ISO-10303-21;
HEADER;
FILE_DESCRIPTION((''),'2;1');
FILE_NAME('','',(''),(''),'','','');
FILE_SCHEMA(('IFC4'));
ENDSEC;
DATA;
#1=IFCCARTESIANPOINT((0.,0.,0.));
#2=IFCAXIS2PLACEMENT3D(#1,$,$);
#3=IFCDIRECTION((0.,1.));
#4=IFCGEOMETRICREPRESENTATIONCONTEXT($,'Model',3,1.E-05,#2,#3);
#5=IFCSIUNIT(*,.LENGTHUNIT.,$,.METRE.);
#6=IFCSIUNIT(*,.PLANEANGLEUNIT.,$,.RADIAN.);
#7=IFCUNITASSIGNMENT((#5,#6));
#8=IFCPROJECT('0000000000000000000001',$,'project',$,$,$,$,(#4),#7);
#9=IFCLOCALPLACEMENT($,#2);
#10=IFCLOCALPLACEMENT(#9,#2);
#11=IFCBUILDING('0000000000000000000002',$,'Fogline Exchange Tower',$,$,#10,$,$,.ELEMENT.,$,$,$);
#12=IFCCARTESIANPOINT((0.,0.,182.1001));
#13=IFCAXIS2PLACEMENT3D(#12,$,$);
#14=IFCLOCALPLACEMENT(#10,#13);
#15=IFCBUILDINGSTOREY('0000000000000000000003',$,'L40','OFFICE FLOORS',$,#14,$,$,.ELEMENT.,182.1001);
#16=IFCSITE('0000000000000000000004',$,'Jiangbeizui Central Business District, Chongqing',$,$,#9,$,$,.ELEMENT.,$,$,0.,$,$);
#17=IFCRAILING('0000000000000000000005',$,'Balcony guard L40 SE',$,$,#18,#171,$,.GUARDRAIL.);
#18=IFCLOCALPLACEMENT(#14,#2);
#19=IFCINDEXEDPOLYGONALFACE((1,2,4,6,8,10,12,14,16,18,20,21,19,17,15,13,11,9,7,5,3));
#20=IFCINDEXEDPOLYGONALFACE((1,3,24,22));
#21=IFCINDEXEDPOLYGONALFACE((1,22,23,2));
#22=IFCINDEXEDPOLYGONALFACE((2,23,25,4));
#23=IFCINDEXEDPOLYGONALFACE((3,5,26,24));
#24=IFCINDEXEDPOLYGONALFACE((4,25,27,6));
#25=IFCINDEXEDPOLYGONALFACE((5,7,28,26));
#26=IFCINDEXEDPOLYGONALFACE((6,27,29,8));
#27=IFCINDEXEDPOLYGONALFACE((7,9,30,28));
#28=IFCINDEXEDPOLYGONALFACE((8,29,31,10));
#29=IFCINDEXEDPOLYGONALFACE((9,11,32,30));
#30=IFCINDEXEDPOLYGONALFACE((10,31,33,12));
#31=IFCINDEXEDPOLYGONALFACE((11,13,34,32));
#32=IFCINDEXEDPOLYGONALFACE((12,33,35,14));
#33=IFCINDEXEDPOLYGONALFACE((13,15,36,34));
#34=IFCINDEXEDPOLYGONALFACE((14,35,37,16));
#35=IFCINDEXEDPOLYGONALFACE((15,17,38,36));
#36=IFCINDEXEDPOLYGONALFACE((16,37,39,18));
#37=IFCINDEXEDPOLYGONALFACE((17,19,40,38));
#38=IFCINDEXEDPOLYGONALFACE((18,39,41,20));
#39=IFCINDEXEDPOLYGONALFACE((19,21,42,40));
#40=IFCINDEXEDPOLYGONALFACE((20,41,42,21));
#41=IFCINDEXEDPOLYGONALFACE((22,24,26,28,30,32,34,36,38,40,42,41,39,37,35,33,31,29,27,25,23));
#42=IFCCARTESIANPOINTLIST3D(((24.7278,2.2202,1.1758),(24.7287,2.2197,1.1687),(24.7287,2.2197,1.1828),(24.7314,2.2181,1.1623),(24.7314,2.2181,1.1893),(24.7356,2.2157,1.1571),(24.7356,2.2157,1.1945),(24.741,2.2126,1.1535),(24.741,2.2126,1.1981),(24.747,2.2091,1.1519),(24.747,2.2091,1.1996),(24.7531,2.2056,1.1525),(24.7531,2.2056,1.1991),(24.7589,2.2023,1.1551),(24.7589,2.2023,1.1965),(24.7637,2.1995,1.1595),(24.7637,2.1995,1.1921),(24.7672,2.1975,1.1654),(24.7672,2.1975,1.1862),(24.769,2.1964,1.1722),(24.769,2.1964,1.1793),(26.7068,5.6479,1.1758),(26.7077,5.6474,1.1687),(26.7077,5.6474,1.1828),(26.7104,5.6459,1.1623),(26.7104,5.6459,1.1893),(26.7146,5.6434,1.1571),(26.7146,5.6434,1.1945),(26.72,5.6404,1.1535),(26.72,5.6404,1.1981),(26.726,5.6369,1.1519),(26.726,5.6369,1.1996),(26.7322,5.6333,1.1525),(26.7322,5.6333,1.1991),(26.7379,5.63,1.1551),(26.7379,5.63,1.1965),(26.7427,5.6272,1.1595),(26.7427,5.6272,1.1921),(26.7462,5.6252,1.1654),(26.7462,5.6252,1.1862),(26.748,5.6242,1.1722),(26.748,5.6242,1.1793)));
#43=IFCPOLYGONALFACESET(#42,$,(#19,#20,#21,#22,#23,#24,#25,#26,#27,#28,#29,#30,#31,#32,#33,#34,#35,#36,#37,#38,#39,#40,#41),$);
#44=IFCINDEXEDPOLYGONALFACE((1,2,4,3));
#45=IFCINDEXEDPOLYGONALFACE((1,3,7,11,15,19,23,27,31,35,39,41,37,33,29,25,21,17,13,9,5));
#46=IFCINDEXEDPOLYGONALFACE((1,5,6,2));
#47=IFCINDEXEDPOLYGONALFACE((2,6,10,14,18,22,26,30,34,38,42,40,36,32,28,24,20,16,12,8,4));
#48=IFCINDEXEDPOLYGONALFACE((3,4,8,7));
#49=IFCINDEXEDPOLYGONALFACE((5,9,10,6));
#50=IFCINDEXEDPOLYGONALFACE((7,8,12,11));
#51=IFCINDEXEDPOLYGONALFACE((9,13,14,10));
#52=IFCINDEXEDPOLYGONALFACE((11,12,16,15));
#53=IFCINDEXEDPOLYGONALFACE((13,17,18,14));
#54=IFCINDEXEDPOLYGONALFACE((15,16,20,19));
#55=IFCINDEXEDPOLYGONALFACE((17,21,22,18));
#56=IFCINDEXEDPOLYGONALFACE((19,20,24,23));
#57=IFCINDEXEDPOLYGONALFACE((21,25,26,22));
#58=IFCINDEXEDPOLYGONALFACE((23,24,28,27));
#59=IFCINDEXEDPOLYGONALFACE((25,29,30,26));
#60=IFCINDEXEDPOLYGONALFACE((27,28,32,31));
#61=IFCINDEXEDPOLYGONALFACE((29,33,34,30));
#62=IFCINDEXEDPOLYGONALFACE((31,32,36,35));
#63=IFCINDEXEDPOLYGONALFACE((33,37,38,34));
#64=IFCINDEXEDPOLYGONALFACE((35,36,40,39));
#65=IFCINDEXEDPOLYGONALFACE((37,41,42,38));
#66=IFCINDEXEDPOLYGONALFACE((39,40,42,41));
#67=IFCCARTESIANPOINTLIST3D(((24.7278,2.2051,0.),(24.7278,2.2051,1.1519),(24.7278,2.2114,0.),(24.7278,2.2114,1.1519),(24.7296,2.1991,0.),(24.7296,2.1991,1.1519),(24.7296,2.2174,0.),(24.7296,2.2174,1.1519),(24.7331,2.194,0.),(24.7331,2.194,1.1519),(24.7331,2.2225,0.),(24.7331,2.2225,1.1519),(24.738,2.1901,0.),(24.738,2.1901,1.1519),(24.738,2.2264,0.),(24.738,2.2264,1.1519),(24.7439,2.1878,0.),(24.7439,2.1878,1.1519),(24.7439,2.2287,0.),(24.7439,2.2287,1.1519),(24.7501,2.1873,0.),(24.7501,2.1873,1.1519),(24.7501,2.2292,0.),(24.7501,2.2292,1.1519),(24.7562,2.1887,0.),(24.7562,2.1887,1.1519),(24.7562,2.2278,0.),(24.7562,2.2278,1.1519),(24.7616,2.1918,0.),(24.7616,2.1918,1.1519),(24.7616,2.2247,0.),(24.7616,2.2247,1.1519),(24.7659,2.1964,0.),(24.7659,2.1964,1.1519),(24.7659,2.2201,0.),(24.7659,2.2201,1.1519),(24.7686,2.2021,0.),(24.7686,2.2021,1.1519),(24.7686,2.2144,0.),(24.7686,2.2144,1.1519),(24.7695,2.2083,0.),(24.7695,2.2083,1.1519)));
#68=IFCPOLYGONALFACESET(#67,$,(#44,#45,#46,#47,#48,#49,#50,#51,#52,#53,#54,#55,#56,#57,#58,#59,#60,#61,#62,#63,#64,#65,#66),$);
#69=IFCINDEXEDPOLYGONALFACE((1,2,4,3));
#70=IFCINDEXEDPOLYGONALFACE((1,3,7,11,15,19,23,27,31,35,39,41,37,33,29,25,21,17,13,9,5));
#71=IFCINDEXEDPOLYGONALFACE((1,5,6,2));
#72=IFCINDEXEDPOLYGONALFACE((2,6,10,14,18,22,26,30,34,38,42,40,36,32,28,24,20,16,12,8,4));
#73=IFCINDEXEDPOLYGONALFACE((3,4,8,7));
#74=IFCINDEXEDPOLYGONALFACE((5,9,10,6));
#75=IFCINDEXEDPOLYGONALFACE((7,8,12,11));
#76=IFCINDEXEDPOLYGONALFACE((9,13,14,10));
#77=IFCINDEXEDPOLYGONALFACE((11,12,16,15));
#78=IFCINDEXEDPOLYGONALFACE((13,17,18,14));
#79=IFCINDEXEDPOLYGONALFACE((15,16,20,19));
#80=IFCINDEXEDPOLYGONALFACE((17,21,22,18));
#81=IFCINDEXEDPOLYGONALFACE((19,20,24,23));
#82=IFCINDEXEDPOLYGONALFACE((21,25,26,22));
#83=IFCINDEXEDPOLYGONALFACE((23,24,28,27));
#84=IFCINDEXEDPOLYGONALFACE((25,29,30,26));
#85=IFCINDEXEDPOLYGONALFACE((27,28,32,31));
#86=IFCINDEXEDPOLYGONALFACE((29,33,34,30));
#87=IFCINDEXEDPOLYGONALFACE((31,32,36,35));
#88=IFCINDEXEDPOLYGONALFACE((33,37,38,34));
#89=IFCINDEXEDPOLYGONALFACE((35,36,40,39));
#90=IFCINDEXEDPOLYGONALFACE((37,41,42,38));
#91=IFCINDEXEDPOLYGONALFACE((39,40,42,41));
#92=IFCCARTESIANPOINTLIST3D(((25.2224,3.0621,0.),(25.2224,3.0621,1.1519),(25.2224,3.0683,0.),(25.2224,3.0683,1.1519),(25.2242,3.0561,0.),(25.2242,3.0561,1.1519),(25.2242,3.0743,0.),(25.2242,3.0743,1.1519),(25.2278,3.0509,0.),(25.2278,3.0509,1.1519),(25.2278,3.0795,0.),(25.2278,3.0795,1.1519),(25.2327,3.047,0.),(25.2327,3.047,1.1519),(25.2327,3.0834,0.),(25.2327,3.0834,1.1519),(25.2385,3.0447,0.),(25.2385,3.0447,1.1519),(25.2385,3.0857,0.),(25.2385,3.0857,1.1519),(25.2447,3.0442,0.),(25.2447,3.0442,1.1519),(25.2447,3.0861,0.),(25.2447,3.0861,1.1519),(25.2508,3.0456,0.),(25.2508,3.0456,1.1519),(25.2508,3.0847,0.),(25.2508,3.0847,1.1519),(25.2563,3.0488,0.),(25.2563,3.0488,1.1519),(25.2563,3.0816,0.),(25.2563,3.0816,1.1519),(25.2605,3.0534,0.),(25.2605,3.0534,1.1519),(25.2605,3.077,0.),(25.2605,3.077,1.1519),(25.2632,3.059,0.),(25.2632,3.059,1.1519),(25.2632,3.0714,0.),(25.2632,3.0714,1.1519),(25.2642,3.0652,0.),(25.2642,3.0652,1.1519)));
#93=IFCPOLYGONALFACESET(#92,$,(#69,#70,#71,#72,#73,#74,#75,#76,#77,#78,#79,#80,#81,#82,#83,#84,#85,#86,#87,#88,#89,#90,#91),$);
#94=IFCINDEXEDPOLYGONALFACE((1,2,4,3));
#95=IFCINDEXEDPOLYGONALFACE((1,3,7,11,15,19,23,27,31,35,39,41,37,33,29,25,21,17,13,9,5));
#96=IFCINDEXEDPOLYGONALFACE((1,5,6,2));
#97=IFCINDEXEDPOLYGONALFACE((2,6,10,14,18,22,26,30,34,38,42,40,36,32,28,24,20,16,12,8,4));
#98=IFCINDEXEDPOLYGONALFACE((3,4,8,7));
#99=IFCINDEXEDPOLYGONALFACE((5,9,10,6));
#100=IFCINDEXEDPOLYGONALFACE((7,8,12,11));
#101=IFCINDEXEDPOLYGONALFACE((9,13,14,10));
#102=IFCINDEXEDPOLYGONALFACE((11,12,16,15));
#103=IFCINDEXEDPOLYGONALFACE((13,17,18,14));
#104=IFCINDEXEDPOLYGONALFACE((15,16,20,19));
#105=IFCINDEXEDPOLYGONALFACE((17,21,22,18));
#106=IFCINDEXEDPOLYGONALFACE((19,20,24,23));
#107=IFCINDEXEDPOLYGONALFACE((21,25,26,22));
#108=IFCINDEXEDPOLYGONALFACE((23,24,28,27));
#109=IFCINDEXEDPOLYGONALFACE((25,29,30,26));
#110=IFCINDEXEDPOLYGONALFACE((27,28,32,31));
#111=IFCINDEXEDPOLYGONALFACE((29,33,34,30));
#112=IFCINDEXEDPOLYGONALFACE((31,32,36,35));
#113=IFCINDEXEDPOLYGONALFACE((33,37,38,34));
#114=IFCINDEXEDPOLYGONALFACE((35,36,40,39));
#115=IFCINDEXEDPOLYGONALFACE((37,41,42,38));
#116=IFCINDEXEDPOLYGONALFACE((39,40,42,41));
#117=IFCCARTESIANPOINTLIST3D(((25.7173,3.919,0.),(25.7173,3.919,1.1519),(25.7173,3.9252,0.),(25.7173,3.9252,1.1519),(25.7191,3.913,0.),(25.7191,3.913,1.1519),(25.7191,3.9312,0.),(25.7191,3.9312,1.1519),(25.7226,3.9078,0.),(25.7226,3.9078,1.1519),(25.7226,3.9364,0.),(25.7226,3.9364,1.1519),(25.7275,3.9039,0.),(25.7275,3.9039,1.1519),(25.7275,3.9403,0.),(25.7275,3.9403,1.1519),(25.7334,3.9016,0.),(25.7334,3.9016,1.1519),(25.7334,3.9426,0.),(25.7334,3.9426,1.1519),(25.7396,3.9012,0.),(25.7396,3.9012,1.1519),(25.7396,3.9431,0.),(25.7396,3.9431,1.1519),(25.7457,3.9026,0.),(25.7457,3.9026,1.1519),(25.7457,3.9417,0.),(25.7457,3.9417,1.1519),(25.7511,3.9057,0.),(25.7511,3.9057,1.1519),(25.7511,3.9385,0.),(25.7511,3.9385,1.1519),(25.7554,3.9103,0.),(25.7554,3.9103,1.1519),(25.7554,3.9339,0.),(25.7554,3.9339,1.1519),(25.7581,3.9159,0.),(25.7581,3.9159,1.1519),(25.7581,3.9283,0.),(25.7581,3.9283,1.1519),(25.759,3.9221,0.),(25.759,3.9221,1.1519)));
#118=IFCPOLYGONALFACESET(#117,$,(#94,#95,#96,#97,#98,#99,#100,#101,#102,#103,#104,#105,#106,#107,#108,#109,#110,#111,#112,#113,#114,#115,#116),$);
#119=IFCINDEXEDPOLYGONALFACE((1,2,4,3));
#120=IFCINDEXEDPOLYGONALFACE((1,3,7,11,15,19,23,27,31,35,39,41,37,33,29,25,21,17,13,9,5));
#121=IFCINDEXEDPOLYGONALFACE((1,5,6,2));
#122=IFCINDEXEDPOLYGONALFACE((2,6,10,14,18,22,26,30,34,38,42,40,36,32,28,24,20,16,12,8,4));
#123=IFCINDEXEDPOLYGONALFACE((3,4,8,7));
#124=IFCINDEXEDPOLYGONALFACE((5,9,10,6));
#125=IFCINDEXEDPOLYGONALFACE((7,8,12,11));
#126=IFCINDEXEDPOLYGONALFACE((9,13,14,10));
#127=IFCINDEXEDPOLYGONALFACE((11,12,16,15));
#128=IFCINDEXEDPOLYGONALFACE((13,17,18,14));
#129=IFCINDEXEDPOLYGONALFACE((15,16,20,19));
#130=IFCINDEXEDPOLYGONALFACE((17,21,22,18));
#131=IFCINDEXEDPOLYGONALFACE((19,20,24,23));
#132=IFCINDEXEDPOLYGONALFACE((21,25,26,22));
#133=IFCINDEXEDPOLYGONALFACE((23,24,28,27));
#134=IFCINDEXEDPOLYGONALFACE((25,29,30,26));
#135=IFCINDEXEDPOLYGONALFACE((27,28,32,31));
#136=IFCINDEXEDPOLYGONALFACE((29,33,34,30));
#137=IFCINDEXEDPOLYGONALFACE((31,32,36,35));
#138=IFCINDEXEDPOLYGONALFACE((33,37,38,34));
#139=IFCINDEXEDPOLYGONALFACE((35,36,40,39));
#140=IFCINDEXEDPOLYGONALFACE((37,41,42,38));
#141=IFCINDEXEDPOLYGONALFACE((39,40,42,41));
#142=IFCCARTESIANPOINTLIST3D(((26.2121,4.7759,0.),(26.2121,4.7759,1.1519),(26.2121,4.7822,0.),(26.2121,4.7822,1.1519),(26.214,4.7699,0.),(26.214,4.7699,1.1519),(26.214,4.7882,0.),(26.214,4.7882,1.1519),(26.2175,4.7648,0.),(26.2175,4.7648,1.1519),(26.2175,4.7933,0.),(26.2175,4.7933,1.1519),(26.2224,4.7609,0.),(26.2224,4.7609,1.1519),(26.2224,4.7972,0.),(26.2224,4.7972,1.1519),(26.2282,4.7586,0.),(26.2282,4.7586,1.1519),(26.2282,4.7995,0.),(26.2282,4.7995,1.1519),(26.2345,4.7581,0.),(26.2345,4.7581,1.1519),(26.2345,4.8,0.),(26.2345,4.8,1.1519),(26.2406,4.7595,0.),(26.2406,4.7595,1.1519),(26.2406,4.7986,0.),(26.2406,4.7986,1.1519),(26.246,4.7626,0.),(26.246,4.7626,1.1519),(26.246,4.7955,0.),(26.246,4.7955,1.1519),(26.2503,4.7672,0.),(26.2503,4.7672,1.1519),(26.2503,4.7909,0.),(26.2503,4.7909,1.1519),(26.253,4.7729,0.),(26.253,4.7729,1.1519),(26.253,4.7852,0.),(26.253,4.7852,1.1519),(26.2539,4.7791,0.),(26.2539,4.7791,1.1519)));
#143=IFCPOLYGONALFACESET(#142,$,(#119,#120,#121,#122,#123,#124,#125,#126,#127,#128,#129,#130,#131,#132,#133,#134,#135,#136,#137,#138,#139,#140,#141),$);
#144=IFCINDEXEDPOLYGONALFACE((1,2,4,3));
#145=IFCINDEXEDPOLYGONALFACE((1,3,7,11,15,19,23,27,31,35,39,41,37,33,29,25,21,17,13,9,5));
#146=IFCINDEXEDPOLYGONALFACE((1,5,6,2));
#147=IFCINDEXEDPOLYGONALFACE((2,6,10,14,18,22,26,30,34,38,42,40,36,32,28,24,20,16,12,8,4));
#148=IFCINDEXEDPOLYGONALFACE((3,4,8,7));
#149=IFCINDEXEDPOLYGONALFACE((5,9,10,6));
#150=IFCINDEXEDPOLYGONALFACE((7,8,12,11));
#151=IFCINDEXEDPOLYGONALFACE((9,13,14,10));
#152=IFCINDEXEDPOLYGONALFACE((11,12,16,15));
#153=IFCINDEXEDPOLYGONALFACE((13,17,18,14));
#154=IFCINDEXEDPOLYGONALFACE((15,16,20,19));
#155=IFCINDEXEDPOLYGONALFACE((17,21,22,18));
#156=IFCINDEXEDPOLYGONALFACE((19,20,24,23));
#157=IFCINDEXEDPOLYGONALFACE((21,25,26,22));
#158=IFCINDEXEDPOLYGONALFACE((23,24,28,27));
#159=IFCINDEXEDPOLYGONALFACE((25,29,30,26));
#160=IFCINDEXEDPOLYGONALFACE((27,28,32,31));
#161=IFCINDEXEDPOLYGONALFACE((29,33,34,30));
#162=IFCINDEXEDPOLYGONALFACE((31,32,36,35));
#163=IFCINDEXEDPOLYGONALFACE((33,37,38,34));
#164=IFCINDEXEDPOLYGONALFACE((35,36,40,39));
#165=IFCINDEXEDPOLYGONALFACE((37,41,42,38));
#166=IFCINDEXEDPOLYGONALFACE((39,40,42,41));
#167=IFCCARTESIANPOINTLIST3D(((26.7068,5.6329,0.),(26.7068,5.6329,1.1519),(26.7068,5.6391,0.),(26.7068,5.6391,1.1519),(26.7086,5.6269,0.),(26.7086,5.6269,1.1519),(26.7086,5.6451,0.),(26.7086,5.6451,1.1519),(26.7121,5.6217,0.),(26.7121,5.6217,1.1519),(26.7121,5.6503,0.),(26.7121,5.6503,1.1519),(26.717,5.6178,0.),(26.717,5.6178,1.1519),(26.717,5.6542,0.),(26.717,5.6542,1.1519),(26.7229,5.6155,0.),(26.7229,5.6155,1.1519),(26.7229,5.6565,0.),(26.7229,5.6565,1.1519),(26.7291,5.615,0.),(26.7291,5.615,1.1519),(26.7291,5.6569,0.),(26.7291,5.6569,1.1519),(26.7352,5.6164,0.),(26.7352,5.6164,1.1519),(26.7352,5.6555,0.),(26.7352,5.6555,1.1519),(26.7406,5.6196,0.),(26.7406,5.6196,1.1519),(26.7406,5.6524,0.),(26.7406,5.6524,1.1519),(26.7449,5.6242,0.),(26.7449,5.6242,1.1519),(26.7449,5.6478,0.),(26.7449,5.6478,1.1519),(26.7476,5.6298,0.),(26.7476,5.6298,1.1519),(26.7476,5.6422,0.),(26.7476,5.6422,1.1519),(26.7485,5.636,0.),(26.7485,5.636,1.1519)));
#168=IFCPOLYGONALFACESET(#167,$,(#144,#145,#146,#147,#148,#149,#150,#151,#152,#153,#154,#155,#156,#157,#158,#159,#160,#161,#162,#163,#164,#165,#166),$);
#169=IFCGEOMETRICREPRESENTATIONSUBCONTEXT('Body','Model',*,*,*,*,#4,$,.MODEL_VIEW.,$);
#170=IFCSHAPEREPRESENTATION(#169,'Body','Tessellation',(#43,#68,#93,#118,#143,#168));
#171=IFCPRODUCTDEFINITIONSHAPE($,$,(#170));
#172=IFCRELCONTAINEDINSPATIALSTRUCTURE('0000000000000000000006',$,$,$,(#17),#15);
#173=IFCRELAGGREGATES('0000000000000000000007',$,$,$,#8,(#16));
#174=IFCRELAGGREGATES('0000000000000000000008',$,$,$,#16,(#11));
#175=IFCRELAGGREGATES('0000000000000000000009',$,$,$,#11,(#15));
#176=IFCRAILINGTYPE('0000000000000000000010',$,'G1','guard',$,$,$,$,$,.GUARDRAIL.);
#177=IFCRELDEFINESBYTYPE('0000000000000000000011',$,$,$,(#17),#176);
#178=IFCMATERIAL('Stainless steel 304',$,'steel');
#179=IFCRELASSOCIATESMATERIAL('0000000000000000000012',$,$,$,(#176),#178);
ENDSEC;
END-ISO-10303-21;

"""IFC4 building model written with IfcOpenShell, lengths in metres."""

from ifc_helpers import new_model, si_unit, direction, frame, origin, origin_2d, place, context, subcontext, project, spatial, circle, extrude, material, type_object, element, save


model = new_model("IFC4")

# Units and contexts
model_context = context("Model", 3, precision=1e-05, world=origin(), true_north=direction((0.0, 1.0)))
body_context = subcontext(model_context, "Body", "Model", "MODEL_VIEW")
ifc_project = project(units=[si_unit("LENGTHUNIT", "METRE"), si_unit("PLANEANGLEUNIT", "RADIAN")], contexts=[model_context])

# Site, building, storey
site_placement = place(None, origin())
site = spatial("IfcSite", under=ifc_project, at=site_placement, Name="Jiangbeizui Central Business District, Chongqing", CompositionType="ELEMENT", RefElevation=0.0)
building_placement = place(site_placement, origin())
building = spatial("IfcBuilding", under=site, at=building_placement, Name="Fogline Exchange Tower", CompositionType="ELEMENT")
storey_placement = place(building_placement, frame((0.0, 0.0, 182.1001)))
storey = spatial("IfcBuildingStorey", under=building, at=storey_placement, Name="L40", Description="OFFICE FLOORS", CompositionType="ELEMENT", Elevation=182.1001)

# Railing
ifc_material_1 = material(Name="Stainless steel 304", Category="steel")
railing_type = type_object("IfcRailingType", Name="G1", Description="guard", PredefinedType="GUARDRAIL", material=ifc_material_1)
railing_placement = place(storey_placement, frame((24.7485, 2.2083, 0.0)))
element("IfcRailing", 1, at=railing_placement, inside=storey, type_object=railing_type, Name="Balcony guard L40 SE", PredefinedType="GUARDRAIL", context=body_context, shape_type="SweptSolid", body=[
    extrude(circle(Radius=0.0239, at=origin_2d()), frame((0.0, 0.0, 1.1758), z_axis=(0.5, 0.866025, 0.0), x_axis=(-0.866025, 0.5, 0.0)), (0.0, 0.0, 1.0), 3.958),
    extrude(circle(Radius=0.021, at=origin_2d()), origin(), (0.0, 0.0, 1.0), 1.1519),
    extrude(circle(Radius=0.021, at=origin_2d()), frame((0.4946, 0.8569, 0.0)), (0.0, 0.0, 1.0), 1.1519),
    extrude(circle(Radius=0.021, at=origin_2d()), frame((0.9895, 1.7139, 0.0)), (0.0, 0.0, 1.0), 1.1519),
    extrude(circle(Radius=0.021, at=origin_2d()), frame((1.4844, 2.5708, 0.0)), (0.0, 0.0, 1.0), 1.1519),
    extrude(circle(Radius=0.021, at=origin_2d()), frame((1.979, 3.4277, 0.0)), (0.0, 0.0, 1.0), 1.1519),
])

save(model, "model.ifc")
